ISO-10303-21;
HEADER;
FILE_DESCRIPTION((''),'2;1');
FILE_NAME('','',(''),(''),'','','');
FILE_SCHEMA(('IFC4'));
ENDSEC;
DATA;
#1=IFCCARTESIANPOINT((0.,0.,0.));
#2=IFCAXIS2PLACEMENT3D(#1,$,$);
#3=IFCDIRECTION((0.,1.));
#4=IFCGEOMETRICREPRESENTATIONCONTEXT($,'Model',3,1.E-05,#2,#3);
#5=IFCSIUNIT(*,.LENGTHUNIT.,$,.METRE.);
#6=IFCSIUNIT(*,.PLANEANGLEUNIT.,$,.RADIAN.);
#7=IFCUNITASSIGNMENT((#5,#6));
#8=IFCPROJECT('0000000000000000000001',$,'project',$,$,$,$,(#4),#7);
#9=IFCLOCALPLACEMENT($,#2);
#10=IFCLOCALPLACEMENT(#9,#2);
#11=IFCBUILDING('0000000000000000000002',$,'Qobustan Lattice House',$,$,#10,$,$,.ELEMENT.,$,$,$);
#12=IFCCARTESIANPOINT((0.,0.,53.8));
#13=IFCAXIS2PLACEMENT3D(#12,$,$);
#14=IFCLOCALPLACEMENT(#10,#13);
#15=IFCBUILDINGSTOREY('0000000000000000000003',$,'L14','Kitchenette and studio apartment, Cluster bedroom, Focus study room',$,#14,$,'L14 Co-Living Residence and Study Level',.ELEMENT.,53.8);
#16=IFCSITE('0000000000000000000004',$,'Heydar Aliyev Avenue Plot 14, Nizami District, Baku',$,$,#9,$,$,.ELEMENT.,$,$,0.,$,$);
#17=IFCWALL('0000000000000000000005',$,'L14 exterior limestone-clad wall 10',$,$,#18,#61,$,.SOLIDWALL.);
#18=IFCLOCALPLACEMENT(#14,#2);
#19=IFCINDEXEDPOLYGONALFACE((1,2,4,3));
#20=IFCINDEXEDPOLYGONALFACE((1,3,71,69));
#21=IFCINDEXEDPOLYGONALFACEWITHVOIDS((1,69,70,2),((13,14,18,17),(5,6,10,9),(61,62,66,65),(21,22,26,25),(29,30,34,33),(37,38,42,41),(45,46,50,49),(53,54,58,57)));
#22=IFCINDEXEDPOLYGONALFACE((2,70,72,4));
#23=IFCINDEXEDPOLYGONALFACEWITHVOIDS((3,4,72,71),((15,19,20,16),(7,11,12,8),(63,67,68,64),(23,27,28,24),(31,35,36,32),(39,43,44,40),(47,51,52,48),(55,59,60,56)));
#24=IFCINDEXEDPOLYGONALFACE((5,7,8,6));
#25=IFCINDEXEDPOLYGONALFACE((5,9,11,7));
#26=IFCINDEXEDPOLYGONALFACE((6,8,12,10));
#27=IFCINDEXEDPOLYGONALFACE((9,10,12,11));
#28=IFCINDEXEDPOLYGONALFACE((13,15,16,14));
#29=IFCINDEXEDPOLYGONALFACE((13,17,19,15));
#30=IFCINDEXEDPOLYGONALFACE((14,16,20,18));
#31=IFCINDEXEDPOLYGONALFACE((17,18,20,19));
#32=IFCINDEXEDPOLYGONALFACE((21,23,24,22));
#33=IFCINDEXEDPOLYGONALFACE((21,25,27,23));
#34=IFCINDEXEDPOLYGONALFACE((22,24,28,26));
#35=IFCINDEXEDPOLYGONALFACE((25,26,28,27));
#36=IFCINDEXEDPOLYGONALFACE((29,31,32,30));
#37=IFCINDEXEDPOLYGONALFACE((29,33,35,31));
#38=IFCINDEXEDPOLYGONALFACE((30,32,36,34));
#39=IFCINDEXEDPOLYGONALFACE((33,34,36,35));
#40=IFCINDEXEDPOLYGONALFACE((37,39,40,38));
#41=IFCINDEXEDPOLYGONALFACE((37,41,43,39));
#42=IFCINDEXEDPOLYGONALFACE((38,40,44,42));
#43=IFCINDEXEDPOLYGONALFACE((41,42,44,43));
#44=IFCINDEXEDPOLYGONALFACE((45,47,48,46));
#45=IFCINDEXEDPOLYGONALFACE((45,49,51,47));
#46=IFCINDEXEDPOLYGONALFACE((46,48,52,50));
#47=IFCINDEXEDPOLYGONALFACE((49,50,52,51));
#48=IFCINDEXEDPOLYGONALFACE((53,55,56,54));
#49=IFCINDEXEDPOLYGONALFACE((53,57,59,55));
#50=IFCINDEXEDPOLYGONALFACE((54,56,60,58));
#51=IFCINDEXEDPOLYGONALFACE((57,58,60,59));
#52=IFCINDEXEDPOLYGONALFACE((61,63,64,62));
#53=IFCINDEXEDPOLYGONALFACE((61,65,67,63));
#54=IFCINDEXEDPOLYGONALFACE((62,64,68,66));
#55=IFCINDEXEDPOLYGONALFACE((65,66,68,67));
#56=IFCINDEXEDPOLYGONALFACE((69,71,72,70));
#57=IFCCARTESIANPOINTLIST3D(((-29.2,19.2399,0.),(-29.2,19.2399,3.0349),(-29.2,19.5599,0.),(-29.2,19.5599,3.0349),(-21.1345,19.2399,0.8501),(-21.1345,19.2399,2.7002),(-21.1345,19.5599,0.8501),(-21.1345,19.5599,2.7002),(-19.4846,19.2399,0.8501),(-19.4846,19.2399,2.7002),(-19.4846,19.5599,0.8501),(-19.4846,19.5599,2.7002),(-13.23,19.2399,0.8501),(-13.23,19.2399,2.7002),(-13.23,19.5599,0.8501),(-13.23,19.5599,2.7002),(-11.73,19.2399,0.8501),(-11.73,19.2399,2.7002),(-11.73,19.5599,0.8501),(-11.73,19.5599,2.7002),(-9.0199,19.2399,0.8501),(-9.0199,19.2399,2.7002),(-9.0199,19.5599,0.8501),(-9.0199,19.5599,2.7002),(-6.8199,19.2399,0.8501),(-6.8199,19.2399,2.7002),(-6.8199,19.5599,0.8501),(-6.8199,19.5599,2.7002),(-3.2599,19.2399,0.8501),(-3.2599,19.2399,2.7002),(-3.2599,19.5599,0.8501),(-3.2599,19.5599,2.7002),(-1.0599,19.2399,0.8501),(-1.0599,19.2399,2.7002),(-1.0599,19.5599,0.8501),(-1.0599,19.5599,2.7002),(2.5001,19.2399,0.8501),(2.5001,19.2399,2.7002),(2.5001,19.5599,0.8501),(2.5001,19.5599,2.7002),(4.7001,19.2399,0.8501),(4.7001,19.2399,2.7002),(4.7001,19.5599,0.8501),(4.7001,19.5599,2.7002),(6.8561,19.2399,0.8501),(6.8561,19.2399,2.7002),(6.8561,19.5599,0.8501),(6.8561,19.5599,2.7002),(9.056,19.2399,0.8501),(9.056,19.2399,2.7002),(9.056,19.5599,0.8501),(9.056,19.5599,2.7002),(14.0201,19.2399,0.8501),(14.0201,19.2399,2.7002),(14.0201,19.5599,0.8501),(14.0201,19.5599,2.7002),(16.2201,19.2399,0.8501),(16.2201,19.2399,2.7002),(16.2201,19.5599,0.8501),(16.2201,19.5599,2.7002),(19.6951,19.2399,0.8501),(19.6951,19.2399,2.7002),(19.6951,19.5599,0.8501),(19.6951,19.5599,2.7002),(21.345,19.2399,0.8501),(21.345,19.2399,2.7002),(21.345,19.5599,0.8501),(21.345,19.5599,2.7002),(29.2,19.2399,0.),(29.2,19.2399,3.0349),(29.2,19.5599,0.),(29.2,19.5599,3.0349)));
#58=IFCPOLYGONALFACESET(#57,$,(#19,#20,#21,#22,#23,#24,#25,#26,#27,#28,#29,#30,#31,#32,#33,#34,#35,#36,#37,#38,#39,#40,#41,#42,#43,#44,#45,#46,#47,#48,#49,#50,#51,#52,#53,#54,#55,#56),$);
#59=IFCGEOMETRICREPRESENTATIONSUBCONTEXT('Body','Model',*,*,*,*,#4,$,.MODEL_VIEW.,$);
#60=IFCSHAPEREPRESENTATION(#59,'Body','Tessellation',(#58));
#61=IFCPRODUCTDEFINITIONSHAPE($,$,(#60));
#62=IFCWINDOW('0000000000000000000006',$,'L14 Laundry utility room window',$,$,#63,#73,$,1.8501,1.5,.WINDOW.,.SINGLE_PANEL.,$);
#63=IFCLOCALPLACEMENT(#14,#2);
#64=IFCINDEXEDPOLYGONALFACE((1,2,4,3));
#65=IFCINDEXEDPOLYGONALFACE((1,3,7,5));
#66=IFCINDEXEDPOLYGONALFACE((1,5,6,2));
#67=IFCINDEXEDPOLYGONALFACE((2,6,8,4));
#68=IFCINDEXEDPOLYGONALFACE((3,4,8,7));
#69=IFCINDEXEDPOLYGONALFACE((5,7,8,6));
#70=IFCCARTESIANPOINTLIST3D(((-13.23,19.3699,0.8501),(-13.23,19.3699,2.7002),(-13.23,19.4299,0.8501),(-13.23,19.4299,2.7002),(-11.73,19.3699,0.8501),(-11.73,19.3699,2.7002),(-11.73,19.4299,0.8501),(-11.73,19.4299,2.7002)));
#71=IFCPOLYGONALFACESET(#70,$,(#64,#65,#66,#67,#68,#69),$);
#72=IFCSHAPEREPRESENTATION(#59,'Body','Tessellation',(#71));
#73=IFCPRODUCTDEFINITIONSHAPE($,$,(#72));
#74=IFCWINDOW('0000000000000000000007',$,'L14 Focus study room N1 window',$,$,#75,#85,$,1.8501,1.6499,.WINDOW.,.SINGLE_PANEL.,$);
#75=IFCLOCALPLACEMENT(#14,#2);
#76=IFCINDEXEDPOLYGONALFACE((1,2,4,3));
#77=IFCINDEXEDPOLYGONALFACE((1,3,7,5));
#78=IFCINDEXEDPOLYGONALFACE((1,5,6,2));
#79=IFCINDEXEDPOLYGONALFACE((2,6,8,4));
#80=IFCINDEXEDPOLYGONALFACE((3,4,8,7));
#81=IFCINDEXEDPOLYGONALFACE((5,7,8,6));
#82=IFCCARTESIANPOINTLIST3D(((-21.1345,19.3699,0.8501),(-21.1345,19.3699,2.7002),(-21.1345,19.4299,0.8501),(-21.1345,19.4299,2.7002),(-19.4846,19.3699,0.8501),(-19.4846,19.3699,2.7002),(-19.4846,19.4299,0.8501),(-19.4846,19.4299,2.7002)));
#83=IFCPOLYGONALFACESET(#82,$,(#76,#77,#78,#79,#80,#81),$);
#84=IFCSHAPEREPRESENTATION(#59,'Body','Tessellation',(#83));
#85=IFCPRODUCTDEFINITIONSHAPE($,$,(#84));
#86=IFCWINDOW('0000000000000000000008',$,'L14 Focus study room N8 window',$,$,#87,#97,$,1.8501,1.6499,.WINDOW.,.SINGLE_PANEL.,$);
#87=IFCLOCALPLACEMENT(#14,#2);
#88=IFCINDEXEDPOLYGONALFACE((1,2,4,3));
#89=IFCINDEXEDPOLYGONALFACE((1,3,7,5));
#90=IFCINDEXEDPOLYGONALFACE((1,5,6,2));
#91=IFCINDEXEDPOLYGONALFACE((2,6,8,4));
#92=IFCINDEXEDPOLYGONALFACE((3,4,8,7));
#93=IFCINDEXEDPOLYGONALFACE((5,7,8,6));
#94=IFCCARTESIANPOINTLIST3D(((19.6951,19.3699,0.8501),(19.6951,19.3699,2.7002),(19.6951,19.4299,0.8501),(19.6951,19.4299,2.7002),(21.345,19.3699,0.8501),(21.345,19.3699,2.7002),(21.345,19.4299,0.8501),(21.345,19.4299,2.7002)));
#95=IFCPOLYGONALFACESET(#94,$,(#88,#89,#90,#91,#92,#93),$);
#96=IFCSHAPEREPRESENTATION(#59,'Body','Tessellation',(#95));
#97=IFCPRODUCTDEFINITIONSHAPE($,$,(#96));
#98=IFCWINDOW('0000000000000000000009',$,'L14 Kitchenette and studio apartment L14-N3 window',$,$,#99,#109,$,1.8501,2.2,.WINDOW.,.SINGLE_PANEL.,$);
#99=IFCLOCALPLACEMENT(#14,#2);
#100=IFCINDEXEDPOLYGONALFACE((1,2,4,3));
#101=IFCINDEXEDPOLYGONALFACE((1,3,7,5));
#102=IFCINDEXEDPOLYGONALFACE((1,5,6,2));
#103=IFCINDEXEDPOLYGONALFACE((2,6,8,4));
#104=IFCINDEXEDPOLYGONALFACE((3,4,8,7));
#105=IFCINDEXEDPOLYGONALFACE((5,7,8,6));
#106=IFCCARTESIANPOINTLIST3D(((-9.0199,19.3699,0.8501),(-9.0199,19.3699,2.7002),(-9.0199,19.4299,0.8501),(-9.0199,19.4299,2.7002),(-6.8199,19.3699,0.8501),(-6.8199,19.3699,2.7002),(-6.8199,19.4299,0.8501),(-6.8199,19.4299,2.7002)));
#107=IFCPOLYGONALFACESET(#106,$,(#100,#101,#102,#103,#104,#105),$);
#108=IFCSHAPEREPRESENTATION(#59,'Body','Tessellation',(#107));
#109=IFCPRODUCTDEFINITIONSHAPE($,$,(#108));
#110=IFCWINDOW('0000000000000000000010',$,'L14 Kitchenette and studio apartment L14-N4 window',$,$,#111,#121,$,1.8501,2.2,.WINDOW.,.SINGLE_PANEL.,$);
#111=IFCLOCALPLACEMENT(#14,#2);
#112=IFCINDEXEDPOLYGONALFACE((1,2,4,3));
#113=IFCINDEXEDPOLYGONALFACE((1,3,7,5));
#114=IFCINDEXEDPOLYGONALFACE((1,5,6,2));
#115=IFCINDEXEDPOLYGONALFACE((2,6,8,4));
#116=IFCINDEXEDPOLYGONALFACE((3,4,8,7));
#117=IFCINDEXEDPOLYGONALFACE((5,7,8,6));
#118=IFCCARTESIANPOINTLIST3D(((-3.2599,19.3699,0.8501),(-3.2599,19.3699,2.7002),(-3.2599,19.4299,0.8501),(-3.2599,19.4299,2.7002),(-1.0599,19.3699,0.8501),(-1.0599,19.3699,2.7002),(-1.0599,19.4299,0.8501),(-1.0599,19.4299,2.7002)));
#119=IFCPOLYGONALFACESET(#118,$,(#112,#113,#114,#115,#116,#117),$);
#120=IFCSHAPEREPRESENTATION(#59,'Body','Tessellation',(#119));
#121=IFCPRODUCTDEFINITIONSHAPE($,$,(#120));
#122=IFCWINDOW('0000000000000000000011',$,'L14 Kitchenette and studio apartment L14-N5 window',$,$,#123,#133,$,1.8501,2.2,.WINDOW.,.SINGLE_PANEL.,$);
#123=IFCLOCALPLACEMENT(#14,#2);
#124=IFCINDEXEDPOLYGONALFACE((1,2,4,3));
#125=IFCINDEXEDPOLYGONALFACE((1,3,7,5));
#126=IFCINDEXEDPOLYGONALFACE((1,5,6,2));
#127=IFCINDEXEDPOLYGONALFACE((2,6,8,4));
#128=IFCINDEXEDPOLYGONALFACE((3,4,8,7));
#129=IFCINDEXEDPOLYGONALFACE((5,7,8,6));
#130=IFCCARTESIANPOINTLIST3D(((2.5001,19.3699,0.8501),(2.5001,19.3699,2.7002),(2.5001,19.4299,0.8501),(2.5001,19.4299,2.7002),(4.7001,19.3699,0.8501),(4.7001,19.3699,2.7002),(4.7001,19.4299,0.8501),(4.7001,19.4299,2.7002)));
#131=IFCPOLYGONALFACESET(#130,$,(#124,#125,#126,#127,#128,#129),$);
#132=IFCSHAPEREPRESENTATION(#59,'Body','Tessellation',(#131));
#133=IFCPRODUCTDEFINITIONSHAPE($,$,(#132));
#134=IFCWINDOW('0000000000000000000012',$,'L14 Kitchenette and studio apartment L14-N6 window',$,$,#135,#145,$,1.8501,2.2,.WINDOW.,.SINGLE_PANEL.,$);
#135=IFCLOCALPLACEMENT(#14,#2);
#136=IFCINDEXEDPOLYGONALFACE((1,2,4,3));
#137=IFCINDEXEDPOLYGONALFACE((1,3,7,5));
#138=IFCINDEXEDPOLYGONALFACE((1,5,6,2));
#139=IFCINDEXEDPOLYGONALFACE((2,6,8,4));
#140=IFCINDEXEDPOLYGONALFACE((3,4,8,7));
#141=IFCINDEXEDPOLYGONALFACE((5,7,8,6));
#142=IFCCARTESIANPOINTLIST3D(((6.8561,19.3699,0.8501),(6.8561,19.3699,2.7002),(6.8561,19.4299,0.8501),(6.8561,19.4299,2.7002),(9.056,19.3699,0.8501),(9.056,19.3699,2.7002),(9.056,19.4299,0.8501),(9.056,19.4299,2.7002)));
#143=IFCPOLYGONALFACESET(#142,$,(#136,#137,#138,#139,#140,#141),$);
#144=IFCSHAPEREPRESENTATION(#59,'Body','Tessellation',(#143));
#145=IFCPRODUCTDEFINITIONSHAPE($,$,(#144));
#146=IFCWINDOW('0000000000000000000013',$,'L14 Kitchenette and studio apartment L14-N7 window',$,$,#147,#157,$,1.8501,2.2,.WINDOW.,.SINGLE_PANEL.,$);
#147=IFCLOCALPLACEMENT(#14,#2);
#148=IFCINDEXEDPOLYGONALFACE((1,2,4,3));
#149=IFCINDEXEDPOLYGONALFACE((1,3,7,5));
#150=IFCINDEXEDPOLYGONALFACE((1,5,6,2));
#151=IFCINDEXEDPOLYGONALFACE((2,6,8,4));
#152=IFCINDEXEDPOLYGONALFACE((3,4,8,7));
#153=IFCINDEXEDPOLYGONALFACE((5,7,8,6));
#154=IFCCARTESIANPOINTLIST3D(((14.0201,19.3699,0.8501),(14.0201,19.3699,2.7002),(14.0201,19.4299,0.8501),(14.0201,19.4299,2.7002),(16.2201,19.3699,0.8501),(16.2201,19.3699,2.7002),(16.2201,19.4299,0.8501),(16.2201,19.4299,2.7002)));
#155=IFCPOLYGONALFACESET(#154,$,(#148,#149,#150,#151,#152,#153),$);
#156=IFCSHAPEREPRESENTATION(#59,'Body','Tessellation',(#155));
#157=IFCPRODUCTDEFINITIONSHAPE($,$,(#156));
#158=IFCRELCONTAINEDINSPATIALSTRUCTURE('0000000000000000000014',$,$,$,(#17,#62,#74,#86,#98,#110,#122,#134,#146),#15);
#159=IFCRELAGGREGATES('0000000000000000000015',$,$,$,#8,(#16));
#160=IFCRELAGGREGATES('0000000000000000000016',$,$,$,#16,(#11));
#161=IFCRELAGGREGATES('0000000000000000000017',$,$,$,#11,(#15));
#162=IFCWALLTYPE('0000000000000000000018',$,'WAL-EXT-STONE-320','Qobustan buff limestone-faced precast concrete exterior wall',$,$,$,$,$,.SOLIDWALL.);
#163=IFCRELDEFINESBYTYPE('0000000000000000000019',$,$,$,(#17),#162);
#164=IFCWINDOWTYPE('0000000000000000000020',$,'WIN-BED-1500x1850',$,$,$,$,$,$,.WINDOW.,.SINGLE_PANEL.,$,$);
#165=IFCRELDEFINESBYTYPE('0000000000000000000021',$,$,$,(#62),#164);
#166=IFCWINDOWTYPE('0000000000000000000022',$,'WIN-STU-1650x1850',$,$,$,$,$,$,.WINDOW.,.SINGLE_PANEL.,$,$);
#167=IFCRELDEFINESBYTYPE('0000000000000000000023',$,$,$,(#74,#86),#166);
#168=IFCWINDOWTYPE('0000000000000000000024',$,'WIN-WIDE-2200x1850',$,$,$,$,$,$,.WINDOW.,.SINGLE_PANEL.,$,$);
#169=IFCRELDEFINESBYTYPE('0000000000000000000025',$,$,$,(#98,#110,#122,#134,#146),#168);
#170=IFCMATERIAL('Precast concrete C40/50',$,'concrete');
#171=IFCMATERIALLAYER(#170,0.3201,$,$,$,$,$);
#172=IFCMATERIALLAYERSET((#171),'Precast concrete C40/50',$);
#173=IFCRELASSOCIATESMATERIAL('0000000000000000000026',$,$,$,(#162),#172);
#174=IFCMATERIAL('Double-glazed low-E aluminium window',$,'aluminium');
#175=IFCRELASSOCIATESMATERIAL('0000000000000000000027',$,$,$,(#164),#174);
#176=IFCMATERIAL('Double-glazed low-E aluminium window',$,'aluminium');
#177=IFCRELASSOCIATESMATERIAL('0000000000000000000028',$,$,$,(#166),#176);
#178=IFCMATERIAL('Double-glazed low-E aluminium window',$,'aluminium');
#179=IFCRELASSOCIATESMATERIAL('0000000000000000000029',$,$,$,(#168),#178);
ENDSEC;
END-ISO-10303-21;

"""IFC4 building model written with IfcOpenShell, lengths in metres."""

from ifc_helpers import new_model, si_unit, direction, frame, frame_2d, origin, place, context, subcontext, project, spatial, rectangle, extrude, material, layer, layer_set, type_object, element, fill, save


model = new_model("IFC4")

# Units and contexts
model_context = context("Model", 3, precision=1e-05, world=origin(), true_north=direction((0.0, 1.0)))
body_context = subcontext(model_context, "Body", "Model", "MODEL_VIEW")
ifc_project = project(units=[si_unit("LENGTHUNIT", "METRE"), si_unit("PLANEANGLEUNIT", "RADIAN")], contexts=[model_context])

# Site, building, storey
site_placement = place(None, origin())
site = spatial("IfcSite", under=ifc_project, at=site_placement, Name="Heydar Aliyev Avenue Plot 14, Nizami District, Baku", CompositionType="ELEMENT", RefElevation=0.0)
building_placement = place(site_placement, origin())
building = spatial("IfcBuilding", under=site, at=building_placement, Name="Qobustan Lattice House", CompositionType="ELEMENT")
storey_placement = place(building_placement, frame((0.0, 0.0, 53.8)))
storey = spatial("IfcBuildingStorey", under=building, at=storey_placement, Name="L14", Description="Kitchenette and studio apartment, Cluster bedroom, Focus study room", LongName="L14 Co-Living Residence and Study Level", CompositionType="ELEMENT", Elevation=53.8)

# Shared definitions
ifc_material_1 = material(Name="Precast concrete C40/50", Category="concrete")
ifc_layer_1 = layer(ifc_material_1, 0.3201)
ifc_layer_set_1 = layer_set([ifc_layer_1], Name="Precast concrete C40/50")
wall_type = type_object("IfcWallType", Name="WAL-EXT-STONE-320", Description="Qobustan buff limestone-faced precast concrete exterior wall", PredefinedType="SOLIDWALL", material=ifc_layer_set_1)

# Wall, openings, windows
wall_1_placement = place(storey_placement, frame((-29.2, 19.3999, 0.0), z_axis=(0.0, 0.0, 1.0), x_axis=(1.0, 0.0, 0.0)))
wall_1 = element("IfcWall", 1, at=wall_1_placement, inside=storey, type_object=wall_type, Name="L14 exterior limestone-clad wall 10", PredefinedType="SOLIDWALL", context=body_context, shape_type="SweptSolid", body=[
    extrude(rectangle(XDim=58.3999, YDim=0.3201, at=frame_2d((29.2, 0.0))), origin(), (0.0, 0.0, 1.0), 3.0349),
])
opening_1_placement = place(wall_1_placement, frame((8.0654, 0.0, 0.8501)))
opening_1 = element("IfcOpeningElement", 2, at=opening_1_placement, cuts=wall_1, PredefinedType="OPENING", context=body_context, shape_type="SweptSolid", body=[
    extrude(rectangle(XDim=1.6499, YDim=1.8501, at=frame_2d((0.825, 0.925))), frame((0.0, 0.1699, 0.0), z_axis=(0.0, -1.0, 0.0), x_axis=(1.0, 0.0, 0.0)), (0.0, 0.0, 1.0), 0.3401),
])
opening_2_placement = place(wall_1_placement, frame((15.97, 0.0, 0.8501)))
opening_2 = element("IfcOpeningElement", 3, at=opening_2_placement, cuts=wall_1, PredefinedType="OPENING", context=body_context, shape_type="SweptSolid", body=[
    extrude(rectangle(XDim=1.5, YDim=1.8501, at=frame_2d((0.75, 0.925))), frame((0.0, 0.1699, 0.0), z_axis=(0.0, -1.0, 0.0), x_axis=(1.0, 0.0, 0.0)), (0.0, 0.0, 1.0), 0.3401),
])
opening_3_placement = place(wall_1_placement, frame((20.1799, 0.0, 0.8501)))
opening_3 = element("IfcOpeningElement", 4, at=opening_3_placement, cuts=wall_1, PredefinedType="OPENING", context=body_context, shape_type="SweptSolid", body=[
    extrude(rectangle(XDim=2.2, YDim=1.8501, at=frame_2d((1.1001, 0.925))), frame((0.0, 0.1699, 0.0), z_axis=(0.0, -1.0, 0.0), x_axis=(1.0, 0.0, 0.0)), (0.0, 0.0, 1.0), 0.3401),
])
opening_4_placement = place(wall_1_placement, frame((25.9399, 0.0, 0.8501)))
opening_4 = element("IfcOpeningElement", 5, at=opening_4_placement, cuts=wall_1, PredefinedType="OPENING", context=body_context, shape_type="SweptSolid", body=[
    extrude(rectangle(XDim=2.2, YDim=1.8501, at=frame_2d((1.1001, 0.925))), frame((0.0, 0.1699, 0.0), z_axis=(0.0, -1.0, 0.0), x_axis=(1.0, 0.0, 0.0)), (0.0, 0.0, 1.0), 0.3401),
])
opening_5_placement = place(wall_1_placement, frame((31.7, 0.0, 0.8501)))
opening_5 = element("IfcOpeningElement", 6, at=opening_5_placement, cuts=wall_1, PredefinedType="OPENING", context=body_context, shape_type="SweptSolid", body=[
    extrude(rectangle(XDim=2.2, YDim=1.8501, at=frame_2d((1.1001, 0.925))), frame((0.0, 0.1699, 0.0), z_axis=(0.0, -1.0, 0.0), x_axis=(1.0, 0.0, 0.0)), (0.0, 0.0, 1.0), 0.3401),
])
opening_6_placement = place(wall_1_placement, frame((36.0559, 0.0, 0.8501)))
opening_6 = element("IfcOpeningElement", 7, at=opening_6_placement, cuts=wall_1, PredefinedType="OPENING", context=body_context, shape_type="SweptSolid", body=[
    extrude(rectangle(XDim=2.2, YDim=1.8501, at=frame_2d((1.1001, 0.925))), frame((0.0, 0.1699, 0.0), z_axis=(0.0, -1.0, 0.0), x_axis=(1.0, 0.0, 0.0)), (0.0, 0.0, 1.0), 0.3401),
])
opening_7_placement = place(wall_1_placement, frame((43.22, 0.0, 0.8501)))
opening_7 = element("IfcOpeningElement", 8, at=opening_7_placement, cuts=wall_1, PredefinedType="OPENING", context=body_context, shape_type="SweptSolid", body=[
    extrude(rectangle(XDim=2.2, YDim=1.8501, at=frame_2d((1.1001, 0.925))), frame((0.0, 0.1699, 0.0), z_axis=(0.0, -1.0, 0.0), x_axis=(1.0, 0.0, 0.0)), (0.0, 0.0, 1.0), 0.3401),
])
opening_8_placement = place(wall_1_placement, frame((48.895, 0.0, 0.8501)))
opening_8 = element("IfcOpeningElement", 9, at=opening_8_placement, cuts=wall_1, PredefinedType="OPENING", context=body_context, shape_type="SweptSolid", body=[
    extrude(rectangle(XDim=1.6499, YDim=1.8501, at=frame_2d((0.825, 0.925))), frame((0.0, 0.1699, 0.0), z_axis=(0.0, -1.0, 0.0), x_axis=(1.0, 0.0, 0.0)), (0.0, 0.0, 1.0), 0.3401),
])
ifc_material_2 = material(Name="Double-glazed low-E aluminium window", Category="aluminium")
window_type_1 = type_object("IfcWindowType", Name="WIN-BED-1500x1850", PartitioningType="SINGLE_PANEL", PredefinedType="WINDOW", material=ifc_material_2)
window_1_placement = place(opening_2_placement, origin())
window_1 = element("IfcWindow", 10, at=window_1_placement, inside=storey, type_object=window_type_1, Name="L14 Laundry utility room window", OverallHeight=1.8501, OverallWidth=1.5, PartitioningType="SINGLE_PANEL", PredefinedType="WINDOW", context=body_context, shape_type="SweptSolid", body=[
    extrude(rectangle(XDim=1.5, YDim=1.8501, at=frame_2d((0.75, 0.925))), frame((0.0, 0.03, 0.0), z_axis=(0.0, -1.0, 0.0), x_axis=(1.0, 0.0, 0.0)), (0.0, 0.0, 1.0), 0.0601),
])
fill(opening_2, window_1)
ifc_material_3 = material(Name="Double-glazed low-E aluminium window", Category="aluminium")
window_type_2 = type_object("IfcWindowType", Name="WIN-STU-1650x1850", PartitioningType="SINGLE_PANEL", PredefinedType="WINDOW", material=ifc_material_3)
window_2_placement = place(opening_1_placement, origin())
window_2 = element("IfcWindow", 11, at=window_2_placement, inside=storey, type_object=window_type_2, Name="L14 Focus study room N1 window", OverallHeight=1.8501, OverallWidth=1.6499, PartitioningType="SINGLE_PANEL", PredefinedType="WINDOW", context=body_context, shape_type="SweptSolid", body=[
    extrude(rectangle(XDim=1.6499, YDim=1.8501, at=frame_2d((0.825, 0.925))), frame((0.0, 0.03, 0.0), z_axis=(0.0, -1.0, 0.0), x_axis=(1.0, 0.0, 0.0)), (0.0, 0.0, 1.0), 0.0601),
])
fill(opening_1, window_2)
window_3_placement = place(opening_8_placement, origin())
window_3 = element("IfcWindow", 12, at=window_3_placement, inside=storey, type_object=window_type_2, Name="L14 Focus study room N8 window", OverallHeight=1.8501, OverallWidth=1.6499, PartitioningType="SINGLE_PANEL", PredefinedType="WINDOW", context=body_context, shape_type="SweptSolid", body=[
    extrude(rectangle(XDim=1.6499, YDim=1.8501, at=frame_2d((0.825, 0.925))), frame((0.0, 0.03, 0.0), z_axis=(0.0, -1.0, 0.0), x_axis=(1.0, 0.0, 0.0)), (0.0, 0.0, 1.0), 0.0601),
])
fill(opening_8, window_3)
ifc_material_4 = material(Name="Double-glazed low-E aluminium window", Category="aluminium")
window_type_3 = type_object("IfcWindowType", Name="WIN-WIDE-2200x1850", PartitioningType="SINGLE_PANEL", PredefinedType="WINDOW", material=ifc_material_4)
window_4_placement = place(opening_3_placement, origin())
window_4 = element("IfcWindow", 13, at=window_4_placement, inside=storey, type_object=window_type_3, Name="L14 Kitchenette and studio apartment L14-N3 window", OverallHeight=1.8501, OverallWidth=2.2, PartitioningType="SINGLE_PANEL", PredefinedType="WINDOW", context=body_context, shape_type="SweptSolid", body=[
    extrude(rectangle(XDim=2.2, YDim=1.8501, at=frame_2d((1.1001, 0.925))), frame((0.0, 0.03, 0.0), z_axis=(0.0, -1.0, 0.0), x_axis=(1.0, 0.0, 0.0)), (0.0, 0.0, 1.0), 0.0601),
])
fill(opening_3, window_4)
window_5_placement = place(opening_4_placement, origin())
window_5 = element("IfcWindow", 14, at=window_5_placement, inside=storey, type_object=window_type_3, Name="L14 Kitchenette and studio apartment L14-N4 window", OverallHeight=1.8501, OverallWidth=2.2, PartitioningType="SINGLE_PANEL", PredefinedType="WINDOW", context=body_context, shape_type="SweptSolid", body=[
    extrude(rectangle(XDim=2.2, YDim=1.8501, at=frame_2d((1.1001, 0.925))), frame((0.0, 0.03, 0.0), z_axis=(0.0, -1.0, 0.0), x_axis=(1.0, 0.0, 0.0)), (0.0, 0.0, 1.0), 0.0601),
])
fill(opening_4, window_5)
window_6_placement = place(opening_5_placement, origin())
window_6 = element("IfcWindow", 15, at=window_6_placement, inside=storey, type_object=window_type_3, Name="L14 Kitchenette and studio apartment L14-N5 window", OverallHeight=1.8501, OverallWidth=2.2, PartitioningType="SINGLE_PANEL", PredefinedType="WINDOW", context=body_context, shape_type="SweptSolid", body=[
    extrude(rectangle(XDim=2.2, YDim=1.8501, at=frame_2d((1.1001, 0.925))), frame((0.0, 0.03, 0.0), z_axis=(0.0, -1.0, 0.0), x_axis=(1.0, 0.0, 0.0)), (0.0, 0.0, 1.0), 0.0601),
])
fill(opening_5, window_6)
window_7_placement = place(opening_6_placement, origin())
window_7 = element("IfcWindow", 16, at=window_7_placement, inside=storey, type_object=window_type_3, Name="L14 Kitchenette and studio apartment L14-N6 window", OverallHeight=1.8501, OverallWidth=2.2, PartitioningType="SINGLE_PANEL", PredefinedType="WINDOW", context=body_context, shape_type="SweptSolid", body=[
    extrude(rectangle(XDim=2.2, YDim=1.8501, at=frame_2d((1.1001, 0.925))), frame((0.0, 0.03, 0.0), z_axis=(0.0, -1.0, 0.0), x_axis=(1.0, 0.0, 0.0)), (0.0, 0.0, 1.0), 0.0601),
])
fill(opening_6, window_7)
window_8_placement = place(opening_7_placement, origin())
window_8 = element("IfcWindow", 17, at=window_8_placement, inside=storey, type_object=window_type_3, Name="L14 Kitchenette and studio apartment L14-N7 window", OverallHeight=1.8501, OverallWidth=2.2, PartitioningType="SINGLE_PANEL", PredefinedType="WINDOW", context=body_context, shape_type="SweptSolid", body=[
    extrude(rectangle(XDim=2.2, YDim=1.8501, at=frame_2d((1.1001, 0.925))), frame((0.0, 0.03, 0.0), z_axis=(0.0, -1.0, 0.0), x_axis=(1.0, 0.0, 0.0)), (0.0, 0.0, 1.0), 0.0601),
])
fill(opening_7, window_8)

save(model, "model.ifc")
